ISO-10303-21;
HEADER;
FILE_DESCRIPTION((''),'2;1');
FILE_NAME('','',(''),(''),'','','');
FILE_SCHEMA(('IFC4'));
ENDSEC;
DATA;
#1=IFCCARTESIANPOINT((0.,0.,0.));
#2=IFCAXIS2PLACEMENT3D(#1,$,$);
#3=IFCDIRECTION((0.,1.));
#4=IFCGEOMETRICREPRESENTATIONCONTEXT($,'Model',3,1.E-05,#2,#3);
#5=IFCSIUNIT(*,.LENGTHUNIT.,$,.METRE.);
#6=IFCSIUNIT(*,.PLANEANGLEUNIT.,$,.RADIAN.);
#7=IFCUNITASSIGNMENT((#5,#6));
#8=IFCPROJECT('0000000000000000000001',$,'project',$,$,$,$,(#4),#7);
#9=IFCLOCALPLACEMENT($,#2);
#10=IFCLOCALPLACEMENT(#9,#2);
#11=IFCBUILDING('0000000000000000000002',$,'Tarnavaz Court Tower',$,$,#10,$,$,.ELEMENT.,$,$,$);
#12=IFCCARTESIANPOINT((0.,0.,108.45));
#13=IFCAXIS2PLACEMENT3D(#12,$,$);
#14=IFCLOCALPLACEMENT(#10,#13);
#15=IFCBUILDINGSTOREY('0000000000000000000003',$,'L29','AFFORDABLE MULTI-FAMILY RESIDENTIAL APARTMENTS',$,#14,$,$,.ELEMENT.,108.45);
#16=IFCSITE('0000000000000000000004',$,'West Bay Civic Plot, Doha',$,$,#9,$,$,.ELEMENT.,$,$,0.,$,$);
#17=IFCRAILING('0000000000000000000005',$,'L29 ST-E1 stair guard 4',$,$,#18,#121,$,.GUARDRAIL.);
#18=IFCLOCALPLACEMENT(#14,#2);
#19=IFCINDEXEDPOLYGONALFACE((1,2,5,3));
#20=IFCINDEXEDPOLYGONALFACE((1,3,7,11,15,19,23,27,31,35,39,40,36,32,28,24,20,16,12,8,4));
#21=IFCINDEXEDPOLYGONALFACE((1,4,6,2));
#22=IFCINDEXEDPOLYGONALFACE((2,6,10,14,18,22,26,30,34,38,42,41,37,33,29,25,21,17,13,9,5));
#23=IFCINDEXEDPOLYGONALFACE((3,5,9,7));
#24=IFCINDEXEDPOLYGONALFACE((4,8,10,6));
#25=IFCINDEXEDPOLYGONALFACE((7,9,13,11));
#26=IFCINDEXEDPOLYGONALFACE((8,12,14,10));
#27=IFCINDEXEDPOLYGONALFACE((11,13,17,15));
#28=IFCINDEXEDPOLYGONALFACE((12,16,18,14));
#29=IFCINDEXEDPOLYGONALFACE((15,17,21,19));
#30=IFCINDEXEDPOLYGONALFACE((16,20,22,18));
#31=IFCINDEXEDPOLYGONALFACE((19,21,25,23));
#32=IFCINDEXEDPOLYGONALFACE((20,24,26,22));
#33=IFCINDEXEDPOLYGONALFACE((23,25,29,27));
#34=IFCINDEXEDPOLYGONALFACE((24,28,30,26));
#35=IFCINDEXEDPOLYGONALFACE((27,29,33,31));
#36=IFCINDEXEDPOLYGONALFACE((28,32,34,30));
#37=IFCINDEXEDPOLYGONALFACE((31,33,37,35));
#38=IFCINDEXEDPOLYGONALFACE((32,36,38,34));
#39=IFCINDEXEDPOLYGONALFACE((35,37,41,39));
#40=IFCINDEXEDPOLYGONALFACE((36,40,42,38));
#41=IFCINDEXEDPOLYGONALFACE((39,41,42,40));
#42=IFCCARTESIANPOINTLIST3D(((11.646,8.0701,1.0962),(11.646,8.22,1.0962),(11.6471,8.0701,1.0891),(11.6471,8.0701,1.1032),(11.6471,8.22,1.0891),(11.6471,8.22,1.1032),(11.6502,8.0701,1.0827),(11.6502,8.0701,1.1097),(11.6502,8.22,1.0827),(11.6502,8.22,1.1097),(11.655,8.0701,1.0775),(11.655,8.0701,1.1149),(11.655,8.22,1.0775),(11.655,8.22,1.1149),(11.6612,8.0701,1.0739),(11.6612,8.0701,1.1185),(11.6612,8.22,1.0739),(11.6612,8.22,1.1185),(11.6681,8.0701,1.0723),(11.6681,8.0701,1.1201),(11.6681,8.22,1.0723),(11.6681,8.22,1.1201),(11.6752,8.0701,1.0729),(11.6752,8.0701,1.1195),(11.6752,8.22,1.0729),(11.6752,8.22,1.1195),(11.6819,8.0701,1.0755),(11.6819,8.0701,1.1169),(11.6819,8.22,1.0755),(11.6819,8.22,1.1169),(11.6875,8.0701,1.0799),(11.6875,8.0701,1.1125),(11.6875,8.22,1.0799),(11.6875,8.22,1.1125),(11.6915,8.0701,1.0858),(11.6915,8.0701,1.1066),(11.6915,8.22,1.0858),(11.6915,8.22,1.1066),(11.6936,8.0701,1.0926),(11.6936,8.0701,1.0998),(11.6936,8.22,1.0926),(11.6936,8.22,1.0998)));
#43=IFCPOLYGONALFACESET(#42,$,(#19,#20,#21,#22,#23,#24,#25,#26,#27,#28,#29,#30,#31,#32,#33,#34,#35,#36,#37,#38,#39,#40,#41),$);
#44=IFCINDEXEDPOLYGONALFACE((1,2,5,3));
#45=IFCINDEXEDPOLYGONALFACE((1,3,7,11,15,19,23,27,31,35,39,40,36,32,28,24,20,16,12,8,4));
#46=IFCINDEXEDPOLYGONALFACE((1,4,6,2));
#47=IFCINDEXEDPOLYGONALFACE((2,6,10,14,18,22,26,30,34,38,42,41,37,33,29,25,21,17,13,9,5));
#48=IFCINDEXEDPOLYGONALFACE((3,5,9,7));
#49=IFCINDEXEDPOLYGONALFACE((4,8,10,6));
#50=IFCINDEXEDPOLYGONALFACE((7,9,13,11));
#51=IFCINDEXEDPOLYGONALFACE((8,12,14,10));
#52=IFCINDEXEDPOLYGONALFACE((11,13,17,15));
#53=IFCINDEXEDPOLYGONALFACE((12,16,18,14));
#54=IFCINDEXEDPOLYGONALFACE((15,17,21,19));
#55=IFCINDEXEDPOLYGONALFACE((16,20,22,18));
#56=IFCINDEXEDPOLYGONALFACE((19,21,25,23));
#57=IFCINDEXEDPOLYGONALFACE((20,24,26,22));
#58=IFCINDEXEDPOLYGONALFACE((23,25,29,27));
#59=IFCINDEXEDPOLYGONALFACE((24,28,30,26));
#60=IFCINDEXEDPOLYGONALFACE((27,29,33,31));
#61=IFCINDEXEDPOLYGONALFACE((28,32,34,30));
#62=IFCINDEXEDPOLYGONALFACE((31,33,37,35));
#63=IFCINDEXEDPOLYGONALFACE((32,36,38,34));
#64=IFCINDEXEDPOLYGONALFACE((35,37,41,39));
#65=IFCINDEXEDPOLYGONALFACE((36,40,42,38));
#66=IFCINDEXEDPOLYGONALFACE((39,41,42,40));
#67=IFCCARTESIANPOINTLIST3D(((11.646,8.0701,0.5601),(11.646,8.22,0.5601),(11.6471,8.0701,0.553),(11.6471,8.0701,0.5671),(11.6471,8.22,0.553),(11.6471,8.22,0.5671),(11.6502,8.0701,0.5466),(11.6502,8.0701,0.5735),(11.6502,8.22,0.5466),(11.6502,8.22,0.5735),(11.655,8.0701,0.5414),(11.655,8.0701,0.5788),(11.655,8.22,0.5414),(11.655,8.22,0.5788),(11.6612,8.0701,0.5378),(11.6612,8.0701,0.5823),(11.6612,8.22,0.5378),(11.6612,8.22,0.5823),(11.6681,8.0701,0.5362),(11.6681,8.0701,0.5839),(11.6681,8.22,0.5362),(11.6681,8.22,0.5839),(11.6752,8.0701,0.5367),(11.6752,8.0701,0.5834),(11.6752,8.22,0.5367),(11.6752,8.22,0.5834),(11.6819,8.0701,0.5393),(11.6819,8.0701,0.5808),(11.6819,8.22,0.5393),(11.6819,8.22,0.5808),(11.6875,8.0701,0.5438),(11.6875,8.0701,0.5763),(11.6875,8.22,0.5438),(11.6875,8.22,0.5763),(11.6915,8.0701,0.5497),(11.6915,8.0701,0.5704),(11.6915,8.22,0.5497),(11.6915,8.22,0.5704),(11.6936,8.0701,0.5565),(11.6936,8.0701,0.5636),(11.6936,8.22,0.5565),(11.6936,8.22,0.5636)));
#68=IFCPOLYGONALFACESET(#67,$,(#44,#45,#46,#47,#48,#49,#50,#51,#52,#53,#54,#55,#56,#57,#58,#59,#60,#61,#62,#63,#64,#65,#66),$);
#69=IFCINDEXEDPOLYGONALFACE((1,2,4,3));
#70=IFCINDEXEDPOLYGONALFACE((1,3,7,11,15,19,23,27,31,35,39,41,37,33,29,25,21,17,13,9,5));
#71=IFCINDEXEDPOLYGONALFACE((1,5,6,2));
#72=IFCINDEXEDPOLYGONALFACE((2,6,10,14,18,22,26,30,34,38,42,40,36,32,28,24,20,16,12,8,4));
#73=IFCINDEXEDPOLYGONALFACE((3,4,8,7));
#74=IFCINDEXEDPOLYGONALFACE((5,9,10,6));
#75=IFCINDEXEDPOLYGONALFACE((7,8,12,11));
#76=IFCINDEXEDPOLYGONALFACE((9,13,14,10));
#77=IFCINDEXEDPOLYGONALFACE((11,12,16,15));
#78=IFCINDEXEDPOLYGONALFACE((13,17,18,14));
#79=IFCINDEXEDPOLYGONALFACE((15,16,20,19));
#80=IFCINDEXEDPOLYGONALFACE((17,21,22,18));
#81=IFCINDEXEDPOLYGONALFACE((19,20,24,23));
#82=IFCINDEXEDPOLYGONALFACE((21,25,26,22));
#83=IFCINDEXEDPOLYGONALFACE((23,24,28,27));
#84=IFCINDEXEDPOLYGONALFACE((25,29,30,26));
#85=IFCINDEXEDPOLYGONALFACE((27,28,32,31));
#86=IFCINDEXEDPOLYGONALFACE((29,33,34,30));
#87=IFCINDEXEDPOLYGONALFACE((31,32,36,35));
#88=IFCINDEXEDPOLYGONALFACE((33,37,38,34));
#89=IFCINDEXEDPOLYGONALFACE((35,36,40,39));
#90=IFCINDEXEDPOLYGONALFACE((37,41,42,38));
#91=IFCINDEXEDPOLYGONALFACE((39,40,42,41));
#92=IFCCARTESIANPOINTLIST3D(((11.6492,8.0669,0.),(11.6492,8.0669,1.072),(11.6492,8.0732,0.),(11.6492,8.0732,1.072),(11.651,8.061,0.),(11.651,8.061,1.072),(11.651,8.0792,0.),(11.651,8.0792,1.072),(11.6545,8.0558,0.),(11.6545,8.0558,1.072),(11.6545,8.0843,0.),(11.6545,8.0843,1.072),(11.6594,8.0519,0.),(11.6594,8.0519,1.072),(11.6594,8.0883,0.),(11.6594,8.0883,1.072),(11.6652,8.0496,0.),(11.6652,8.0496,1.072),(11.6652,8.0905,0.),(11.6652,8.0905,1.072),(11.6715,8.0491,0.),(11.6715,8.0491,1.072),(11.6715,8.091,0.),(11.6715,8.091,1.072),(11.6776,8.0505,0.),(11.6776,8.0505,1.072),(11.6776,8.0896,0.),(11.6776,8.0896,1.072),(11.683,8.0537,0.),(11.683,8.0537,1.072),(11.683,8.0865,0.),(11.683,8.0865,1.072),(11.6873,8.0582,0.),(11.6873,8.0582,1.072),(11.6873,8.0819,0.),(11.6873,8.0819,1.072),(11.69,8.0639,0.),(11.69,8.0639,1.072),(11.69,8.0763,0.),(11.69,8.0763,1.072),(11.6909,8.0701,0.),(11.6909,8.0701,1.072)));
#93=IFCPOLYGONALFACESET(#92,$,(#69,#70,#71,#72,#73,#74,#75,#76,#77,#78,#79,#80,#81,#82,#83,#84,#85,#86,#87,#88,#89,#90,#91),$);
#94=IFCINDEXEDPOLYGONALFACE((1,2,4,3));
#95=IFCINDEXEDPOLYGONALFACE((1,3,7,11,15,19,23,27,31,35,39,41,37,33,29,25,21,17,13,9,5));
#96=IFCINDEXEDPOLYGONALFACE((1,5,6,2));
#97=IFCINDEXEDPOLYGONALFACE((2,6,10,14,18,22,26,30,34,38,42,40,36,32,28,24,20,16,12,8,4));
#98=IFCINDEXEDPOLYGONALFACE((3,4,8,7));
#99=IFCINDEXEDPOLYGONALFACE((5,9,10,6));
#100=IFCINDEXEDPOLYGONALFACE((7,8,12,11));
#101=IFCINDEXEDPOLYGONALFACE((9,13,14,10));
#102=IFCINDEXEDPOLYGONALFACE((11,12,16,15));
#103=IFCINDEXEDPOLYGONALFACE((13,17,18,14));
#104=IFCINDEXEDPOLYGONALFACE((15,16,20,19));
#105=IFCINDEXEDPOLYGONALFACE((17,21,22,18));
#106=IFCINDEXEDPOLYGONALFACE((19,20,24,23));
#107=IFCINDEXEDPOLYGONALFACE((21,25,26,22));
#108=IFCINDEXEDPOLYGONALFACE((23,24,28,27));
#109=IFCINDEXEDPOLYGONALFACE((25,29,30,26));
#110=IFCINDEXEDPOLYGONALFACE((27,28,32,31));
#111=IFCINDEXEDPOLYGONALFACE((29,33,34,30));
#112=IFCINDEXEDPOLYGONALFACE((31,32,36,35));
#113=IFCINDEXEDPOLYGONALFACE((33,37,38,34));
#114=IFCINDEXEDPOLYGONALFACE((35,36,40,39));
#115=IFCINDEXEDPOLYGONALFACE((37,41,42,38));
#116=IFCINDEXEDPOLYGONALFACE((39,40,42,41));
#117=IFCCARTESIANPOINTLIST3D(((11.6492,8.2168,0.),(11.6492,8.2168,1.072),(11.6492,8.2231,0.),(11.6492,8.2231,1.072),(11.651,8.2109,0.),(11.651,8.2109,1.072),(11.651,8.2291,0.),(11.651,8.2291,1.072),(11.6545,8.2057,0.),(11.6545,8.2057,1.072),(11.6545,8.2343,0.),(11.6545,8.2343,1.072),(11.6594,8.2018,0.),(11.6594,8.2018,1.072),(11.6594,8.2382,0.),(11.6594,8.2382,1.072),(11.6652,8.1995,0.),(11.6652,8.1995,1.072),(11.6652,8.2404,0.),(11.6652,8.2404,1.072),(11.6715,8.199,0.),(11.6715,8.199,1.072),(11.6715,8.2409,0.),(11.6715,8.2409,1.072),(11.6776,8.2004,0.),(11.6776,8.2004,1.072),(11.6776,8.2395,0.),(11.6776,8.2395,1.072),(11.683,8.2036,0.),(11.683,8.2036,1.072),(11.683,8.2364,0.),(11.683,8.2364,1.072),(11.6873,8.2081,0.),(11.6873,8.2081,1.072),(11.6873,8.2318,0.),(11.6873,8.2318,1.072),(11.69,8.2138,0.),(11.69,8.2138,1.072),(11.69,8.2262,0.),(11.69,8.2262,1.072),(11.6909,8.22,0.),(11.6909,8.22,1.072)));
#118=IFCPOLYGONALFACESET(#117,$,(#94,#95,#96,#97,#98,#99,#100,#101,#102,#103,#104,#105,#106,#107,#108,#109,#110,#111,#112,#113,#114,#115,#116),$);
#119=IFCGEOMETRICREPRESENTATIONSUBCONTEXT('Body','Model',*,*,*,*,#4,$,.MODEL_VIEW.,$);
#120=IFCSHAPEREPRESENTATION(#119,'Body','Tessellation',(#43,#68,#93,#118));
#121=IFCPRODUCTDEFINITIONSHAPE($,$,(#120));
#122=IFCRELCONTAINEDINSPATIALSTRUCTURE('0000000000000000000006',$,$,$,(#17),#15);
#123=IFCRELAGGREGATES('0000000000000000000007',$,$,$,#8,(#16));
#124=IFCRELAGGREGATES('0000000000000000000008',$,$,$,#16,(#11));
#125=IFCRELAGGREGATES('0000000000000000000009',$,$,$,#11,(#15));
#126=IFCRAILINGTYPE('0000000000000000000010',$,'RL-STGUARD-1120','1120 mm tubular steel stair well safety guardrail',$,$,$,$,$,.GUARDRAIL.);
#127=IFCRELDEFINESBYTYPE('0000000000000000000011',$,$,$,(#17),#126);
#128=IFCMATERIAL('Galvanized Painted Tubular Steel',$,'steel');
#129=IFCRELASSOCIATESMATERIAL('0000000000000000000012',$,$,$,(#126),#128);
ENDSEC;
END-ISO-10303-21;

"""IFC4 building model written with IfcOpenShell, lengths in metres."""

from ifc_helpers import new_model, si_unit, direction, frame, origin, origin_2d, place, context, subcontext, project, spatial, circle, extrude, material, type_object, element, save


model = new_model("IFC4")

# Units and contexts
model_context = context("Model", 3, precision=1e-05, world=origin(), true_north=direction((0.0, 1.0)))
body_context = subcontext(model_context, "Body", "Model", "MODEL_VIEW")
ifc_project = project(units=[si_unit("LENGTHUNIT", "METRE"), si_unit("PLANEANGLEUNIT", "RADIAN")], contexts=[model_context])

# Site, building, storey
site_placement = place(None, origin())
site = spatial("IfcSite", under=ifc_project, at=site_placement, Name="West Bay Civic Plot, Doha", CompositionType="ELEMENT", RefElevation=0.0)
building_placement = place(site_placement, origin())
building = spatial("IfcBuilding", under=site, at=building_placement, Name="Tarnavaz Court Tower", CompositionType="ELEMENT")
storey_placement = place(building_placement, frame((0.0, 0.0, 108.45)))
storey = spatial("IfcBuildingStorey", under=building, at=storey_placement, Name="L29", Description="AFFORDABLE MULTI-FAMILY RESIDENTIAL APARTMENTS", CompositionType="ELEMENT", Elevation=108.45)

# Railing
ifc_material_1 = material(Name="Galvanized Painted Tubular Steel", Category="steel")
railing_type_1 = type_object("IfcRailingType", Name="RL-STGUARD-1120", Description="1120 mm tubular steel stair well safety guardrail", PredefinedType="GUARDRAIL", material=ifc_material_1)
railing_1_placement = place(storey_placement, frame((11.6699, 8.0701, 0.0)))
element("IfcRailing", 1, at=railing_1_placement, inside=storey, type_object=railing_type_1, Name="L29 ST-E1 stair guard 4", PredefinedType="GUARDRAIL", context=body_context, shape_type="SweptSolid", body=[
    extrude(circle(Radius=0.0239, at=origin_2d()), frame((0.0, 0.0, 1.0962), z_axis=(0.0, 1.0, 0.0), x_axis=(-1.0, 0.0, 0.0)), (0.0, 0.0, 1.0), 0.1499),
    extrude(circle(Radius=0.0239, at=origin_2d()), frame((0.0, 0.0, 0.5601), z_axis=(0.0, 1.0, 0.0), x_axis=(-1.0, 0.0, 0.0)), (0.0, 0.0, 1.0), 0.1499),
    extrude(circle(Radius=0.021, at=origin_2d()), origin(), (0.0, 0.0, 1.0), 1.072),
    extrude(circle(Radius=0.021, at=origin_2d()), frame((0.0, 0.1499, 0.0)), (0.0, 0.0, 1.0), 1.072),
])

save(model, "model.ifc")
